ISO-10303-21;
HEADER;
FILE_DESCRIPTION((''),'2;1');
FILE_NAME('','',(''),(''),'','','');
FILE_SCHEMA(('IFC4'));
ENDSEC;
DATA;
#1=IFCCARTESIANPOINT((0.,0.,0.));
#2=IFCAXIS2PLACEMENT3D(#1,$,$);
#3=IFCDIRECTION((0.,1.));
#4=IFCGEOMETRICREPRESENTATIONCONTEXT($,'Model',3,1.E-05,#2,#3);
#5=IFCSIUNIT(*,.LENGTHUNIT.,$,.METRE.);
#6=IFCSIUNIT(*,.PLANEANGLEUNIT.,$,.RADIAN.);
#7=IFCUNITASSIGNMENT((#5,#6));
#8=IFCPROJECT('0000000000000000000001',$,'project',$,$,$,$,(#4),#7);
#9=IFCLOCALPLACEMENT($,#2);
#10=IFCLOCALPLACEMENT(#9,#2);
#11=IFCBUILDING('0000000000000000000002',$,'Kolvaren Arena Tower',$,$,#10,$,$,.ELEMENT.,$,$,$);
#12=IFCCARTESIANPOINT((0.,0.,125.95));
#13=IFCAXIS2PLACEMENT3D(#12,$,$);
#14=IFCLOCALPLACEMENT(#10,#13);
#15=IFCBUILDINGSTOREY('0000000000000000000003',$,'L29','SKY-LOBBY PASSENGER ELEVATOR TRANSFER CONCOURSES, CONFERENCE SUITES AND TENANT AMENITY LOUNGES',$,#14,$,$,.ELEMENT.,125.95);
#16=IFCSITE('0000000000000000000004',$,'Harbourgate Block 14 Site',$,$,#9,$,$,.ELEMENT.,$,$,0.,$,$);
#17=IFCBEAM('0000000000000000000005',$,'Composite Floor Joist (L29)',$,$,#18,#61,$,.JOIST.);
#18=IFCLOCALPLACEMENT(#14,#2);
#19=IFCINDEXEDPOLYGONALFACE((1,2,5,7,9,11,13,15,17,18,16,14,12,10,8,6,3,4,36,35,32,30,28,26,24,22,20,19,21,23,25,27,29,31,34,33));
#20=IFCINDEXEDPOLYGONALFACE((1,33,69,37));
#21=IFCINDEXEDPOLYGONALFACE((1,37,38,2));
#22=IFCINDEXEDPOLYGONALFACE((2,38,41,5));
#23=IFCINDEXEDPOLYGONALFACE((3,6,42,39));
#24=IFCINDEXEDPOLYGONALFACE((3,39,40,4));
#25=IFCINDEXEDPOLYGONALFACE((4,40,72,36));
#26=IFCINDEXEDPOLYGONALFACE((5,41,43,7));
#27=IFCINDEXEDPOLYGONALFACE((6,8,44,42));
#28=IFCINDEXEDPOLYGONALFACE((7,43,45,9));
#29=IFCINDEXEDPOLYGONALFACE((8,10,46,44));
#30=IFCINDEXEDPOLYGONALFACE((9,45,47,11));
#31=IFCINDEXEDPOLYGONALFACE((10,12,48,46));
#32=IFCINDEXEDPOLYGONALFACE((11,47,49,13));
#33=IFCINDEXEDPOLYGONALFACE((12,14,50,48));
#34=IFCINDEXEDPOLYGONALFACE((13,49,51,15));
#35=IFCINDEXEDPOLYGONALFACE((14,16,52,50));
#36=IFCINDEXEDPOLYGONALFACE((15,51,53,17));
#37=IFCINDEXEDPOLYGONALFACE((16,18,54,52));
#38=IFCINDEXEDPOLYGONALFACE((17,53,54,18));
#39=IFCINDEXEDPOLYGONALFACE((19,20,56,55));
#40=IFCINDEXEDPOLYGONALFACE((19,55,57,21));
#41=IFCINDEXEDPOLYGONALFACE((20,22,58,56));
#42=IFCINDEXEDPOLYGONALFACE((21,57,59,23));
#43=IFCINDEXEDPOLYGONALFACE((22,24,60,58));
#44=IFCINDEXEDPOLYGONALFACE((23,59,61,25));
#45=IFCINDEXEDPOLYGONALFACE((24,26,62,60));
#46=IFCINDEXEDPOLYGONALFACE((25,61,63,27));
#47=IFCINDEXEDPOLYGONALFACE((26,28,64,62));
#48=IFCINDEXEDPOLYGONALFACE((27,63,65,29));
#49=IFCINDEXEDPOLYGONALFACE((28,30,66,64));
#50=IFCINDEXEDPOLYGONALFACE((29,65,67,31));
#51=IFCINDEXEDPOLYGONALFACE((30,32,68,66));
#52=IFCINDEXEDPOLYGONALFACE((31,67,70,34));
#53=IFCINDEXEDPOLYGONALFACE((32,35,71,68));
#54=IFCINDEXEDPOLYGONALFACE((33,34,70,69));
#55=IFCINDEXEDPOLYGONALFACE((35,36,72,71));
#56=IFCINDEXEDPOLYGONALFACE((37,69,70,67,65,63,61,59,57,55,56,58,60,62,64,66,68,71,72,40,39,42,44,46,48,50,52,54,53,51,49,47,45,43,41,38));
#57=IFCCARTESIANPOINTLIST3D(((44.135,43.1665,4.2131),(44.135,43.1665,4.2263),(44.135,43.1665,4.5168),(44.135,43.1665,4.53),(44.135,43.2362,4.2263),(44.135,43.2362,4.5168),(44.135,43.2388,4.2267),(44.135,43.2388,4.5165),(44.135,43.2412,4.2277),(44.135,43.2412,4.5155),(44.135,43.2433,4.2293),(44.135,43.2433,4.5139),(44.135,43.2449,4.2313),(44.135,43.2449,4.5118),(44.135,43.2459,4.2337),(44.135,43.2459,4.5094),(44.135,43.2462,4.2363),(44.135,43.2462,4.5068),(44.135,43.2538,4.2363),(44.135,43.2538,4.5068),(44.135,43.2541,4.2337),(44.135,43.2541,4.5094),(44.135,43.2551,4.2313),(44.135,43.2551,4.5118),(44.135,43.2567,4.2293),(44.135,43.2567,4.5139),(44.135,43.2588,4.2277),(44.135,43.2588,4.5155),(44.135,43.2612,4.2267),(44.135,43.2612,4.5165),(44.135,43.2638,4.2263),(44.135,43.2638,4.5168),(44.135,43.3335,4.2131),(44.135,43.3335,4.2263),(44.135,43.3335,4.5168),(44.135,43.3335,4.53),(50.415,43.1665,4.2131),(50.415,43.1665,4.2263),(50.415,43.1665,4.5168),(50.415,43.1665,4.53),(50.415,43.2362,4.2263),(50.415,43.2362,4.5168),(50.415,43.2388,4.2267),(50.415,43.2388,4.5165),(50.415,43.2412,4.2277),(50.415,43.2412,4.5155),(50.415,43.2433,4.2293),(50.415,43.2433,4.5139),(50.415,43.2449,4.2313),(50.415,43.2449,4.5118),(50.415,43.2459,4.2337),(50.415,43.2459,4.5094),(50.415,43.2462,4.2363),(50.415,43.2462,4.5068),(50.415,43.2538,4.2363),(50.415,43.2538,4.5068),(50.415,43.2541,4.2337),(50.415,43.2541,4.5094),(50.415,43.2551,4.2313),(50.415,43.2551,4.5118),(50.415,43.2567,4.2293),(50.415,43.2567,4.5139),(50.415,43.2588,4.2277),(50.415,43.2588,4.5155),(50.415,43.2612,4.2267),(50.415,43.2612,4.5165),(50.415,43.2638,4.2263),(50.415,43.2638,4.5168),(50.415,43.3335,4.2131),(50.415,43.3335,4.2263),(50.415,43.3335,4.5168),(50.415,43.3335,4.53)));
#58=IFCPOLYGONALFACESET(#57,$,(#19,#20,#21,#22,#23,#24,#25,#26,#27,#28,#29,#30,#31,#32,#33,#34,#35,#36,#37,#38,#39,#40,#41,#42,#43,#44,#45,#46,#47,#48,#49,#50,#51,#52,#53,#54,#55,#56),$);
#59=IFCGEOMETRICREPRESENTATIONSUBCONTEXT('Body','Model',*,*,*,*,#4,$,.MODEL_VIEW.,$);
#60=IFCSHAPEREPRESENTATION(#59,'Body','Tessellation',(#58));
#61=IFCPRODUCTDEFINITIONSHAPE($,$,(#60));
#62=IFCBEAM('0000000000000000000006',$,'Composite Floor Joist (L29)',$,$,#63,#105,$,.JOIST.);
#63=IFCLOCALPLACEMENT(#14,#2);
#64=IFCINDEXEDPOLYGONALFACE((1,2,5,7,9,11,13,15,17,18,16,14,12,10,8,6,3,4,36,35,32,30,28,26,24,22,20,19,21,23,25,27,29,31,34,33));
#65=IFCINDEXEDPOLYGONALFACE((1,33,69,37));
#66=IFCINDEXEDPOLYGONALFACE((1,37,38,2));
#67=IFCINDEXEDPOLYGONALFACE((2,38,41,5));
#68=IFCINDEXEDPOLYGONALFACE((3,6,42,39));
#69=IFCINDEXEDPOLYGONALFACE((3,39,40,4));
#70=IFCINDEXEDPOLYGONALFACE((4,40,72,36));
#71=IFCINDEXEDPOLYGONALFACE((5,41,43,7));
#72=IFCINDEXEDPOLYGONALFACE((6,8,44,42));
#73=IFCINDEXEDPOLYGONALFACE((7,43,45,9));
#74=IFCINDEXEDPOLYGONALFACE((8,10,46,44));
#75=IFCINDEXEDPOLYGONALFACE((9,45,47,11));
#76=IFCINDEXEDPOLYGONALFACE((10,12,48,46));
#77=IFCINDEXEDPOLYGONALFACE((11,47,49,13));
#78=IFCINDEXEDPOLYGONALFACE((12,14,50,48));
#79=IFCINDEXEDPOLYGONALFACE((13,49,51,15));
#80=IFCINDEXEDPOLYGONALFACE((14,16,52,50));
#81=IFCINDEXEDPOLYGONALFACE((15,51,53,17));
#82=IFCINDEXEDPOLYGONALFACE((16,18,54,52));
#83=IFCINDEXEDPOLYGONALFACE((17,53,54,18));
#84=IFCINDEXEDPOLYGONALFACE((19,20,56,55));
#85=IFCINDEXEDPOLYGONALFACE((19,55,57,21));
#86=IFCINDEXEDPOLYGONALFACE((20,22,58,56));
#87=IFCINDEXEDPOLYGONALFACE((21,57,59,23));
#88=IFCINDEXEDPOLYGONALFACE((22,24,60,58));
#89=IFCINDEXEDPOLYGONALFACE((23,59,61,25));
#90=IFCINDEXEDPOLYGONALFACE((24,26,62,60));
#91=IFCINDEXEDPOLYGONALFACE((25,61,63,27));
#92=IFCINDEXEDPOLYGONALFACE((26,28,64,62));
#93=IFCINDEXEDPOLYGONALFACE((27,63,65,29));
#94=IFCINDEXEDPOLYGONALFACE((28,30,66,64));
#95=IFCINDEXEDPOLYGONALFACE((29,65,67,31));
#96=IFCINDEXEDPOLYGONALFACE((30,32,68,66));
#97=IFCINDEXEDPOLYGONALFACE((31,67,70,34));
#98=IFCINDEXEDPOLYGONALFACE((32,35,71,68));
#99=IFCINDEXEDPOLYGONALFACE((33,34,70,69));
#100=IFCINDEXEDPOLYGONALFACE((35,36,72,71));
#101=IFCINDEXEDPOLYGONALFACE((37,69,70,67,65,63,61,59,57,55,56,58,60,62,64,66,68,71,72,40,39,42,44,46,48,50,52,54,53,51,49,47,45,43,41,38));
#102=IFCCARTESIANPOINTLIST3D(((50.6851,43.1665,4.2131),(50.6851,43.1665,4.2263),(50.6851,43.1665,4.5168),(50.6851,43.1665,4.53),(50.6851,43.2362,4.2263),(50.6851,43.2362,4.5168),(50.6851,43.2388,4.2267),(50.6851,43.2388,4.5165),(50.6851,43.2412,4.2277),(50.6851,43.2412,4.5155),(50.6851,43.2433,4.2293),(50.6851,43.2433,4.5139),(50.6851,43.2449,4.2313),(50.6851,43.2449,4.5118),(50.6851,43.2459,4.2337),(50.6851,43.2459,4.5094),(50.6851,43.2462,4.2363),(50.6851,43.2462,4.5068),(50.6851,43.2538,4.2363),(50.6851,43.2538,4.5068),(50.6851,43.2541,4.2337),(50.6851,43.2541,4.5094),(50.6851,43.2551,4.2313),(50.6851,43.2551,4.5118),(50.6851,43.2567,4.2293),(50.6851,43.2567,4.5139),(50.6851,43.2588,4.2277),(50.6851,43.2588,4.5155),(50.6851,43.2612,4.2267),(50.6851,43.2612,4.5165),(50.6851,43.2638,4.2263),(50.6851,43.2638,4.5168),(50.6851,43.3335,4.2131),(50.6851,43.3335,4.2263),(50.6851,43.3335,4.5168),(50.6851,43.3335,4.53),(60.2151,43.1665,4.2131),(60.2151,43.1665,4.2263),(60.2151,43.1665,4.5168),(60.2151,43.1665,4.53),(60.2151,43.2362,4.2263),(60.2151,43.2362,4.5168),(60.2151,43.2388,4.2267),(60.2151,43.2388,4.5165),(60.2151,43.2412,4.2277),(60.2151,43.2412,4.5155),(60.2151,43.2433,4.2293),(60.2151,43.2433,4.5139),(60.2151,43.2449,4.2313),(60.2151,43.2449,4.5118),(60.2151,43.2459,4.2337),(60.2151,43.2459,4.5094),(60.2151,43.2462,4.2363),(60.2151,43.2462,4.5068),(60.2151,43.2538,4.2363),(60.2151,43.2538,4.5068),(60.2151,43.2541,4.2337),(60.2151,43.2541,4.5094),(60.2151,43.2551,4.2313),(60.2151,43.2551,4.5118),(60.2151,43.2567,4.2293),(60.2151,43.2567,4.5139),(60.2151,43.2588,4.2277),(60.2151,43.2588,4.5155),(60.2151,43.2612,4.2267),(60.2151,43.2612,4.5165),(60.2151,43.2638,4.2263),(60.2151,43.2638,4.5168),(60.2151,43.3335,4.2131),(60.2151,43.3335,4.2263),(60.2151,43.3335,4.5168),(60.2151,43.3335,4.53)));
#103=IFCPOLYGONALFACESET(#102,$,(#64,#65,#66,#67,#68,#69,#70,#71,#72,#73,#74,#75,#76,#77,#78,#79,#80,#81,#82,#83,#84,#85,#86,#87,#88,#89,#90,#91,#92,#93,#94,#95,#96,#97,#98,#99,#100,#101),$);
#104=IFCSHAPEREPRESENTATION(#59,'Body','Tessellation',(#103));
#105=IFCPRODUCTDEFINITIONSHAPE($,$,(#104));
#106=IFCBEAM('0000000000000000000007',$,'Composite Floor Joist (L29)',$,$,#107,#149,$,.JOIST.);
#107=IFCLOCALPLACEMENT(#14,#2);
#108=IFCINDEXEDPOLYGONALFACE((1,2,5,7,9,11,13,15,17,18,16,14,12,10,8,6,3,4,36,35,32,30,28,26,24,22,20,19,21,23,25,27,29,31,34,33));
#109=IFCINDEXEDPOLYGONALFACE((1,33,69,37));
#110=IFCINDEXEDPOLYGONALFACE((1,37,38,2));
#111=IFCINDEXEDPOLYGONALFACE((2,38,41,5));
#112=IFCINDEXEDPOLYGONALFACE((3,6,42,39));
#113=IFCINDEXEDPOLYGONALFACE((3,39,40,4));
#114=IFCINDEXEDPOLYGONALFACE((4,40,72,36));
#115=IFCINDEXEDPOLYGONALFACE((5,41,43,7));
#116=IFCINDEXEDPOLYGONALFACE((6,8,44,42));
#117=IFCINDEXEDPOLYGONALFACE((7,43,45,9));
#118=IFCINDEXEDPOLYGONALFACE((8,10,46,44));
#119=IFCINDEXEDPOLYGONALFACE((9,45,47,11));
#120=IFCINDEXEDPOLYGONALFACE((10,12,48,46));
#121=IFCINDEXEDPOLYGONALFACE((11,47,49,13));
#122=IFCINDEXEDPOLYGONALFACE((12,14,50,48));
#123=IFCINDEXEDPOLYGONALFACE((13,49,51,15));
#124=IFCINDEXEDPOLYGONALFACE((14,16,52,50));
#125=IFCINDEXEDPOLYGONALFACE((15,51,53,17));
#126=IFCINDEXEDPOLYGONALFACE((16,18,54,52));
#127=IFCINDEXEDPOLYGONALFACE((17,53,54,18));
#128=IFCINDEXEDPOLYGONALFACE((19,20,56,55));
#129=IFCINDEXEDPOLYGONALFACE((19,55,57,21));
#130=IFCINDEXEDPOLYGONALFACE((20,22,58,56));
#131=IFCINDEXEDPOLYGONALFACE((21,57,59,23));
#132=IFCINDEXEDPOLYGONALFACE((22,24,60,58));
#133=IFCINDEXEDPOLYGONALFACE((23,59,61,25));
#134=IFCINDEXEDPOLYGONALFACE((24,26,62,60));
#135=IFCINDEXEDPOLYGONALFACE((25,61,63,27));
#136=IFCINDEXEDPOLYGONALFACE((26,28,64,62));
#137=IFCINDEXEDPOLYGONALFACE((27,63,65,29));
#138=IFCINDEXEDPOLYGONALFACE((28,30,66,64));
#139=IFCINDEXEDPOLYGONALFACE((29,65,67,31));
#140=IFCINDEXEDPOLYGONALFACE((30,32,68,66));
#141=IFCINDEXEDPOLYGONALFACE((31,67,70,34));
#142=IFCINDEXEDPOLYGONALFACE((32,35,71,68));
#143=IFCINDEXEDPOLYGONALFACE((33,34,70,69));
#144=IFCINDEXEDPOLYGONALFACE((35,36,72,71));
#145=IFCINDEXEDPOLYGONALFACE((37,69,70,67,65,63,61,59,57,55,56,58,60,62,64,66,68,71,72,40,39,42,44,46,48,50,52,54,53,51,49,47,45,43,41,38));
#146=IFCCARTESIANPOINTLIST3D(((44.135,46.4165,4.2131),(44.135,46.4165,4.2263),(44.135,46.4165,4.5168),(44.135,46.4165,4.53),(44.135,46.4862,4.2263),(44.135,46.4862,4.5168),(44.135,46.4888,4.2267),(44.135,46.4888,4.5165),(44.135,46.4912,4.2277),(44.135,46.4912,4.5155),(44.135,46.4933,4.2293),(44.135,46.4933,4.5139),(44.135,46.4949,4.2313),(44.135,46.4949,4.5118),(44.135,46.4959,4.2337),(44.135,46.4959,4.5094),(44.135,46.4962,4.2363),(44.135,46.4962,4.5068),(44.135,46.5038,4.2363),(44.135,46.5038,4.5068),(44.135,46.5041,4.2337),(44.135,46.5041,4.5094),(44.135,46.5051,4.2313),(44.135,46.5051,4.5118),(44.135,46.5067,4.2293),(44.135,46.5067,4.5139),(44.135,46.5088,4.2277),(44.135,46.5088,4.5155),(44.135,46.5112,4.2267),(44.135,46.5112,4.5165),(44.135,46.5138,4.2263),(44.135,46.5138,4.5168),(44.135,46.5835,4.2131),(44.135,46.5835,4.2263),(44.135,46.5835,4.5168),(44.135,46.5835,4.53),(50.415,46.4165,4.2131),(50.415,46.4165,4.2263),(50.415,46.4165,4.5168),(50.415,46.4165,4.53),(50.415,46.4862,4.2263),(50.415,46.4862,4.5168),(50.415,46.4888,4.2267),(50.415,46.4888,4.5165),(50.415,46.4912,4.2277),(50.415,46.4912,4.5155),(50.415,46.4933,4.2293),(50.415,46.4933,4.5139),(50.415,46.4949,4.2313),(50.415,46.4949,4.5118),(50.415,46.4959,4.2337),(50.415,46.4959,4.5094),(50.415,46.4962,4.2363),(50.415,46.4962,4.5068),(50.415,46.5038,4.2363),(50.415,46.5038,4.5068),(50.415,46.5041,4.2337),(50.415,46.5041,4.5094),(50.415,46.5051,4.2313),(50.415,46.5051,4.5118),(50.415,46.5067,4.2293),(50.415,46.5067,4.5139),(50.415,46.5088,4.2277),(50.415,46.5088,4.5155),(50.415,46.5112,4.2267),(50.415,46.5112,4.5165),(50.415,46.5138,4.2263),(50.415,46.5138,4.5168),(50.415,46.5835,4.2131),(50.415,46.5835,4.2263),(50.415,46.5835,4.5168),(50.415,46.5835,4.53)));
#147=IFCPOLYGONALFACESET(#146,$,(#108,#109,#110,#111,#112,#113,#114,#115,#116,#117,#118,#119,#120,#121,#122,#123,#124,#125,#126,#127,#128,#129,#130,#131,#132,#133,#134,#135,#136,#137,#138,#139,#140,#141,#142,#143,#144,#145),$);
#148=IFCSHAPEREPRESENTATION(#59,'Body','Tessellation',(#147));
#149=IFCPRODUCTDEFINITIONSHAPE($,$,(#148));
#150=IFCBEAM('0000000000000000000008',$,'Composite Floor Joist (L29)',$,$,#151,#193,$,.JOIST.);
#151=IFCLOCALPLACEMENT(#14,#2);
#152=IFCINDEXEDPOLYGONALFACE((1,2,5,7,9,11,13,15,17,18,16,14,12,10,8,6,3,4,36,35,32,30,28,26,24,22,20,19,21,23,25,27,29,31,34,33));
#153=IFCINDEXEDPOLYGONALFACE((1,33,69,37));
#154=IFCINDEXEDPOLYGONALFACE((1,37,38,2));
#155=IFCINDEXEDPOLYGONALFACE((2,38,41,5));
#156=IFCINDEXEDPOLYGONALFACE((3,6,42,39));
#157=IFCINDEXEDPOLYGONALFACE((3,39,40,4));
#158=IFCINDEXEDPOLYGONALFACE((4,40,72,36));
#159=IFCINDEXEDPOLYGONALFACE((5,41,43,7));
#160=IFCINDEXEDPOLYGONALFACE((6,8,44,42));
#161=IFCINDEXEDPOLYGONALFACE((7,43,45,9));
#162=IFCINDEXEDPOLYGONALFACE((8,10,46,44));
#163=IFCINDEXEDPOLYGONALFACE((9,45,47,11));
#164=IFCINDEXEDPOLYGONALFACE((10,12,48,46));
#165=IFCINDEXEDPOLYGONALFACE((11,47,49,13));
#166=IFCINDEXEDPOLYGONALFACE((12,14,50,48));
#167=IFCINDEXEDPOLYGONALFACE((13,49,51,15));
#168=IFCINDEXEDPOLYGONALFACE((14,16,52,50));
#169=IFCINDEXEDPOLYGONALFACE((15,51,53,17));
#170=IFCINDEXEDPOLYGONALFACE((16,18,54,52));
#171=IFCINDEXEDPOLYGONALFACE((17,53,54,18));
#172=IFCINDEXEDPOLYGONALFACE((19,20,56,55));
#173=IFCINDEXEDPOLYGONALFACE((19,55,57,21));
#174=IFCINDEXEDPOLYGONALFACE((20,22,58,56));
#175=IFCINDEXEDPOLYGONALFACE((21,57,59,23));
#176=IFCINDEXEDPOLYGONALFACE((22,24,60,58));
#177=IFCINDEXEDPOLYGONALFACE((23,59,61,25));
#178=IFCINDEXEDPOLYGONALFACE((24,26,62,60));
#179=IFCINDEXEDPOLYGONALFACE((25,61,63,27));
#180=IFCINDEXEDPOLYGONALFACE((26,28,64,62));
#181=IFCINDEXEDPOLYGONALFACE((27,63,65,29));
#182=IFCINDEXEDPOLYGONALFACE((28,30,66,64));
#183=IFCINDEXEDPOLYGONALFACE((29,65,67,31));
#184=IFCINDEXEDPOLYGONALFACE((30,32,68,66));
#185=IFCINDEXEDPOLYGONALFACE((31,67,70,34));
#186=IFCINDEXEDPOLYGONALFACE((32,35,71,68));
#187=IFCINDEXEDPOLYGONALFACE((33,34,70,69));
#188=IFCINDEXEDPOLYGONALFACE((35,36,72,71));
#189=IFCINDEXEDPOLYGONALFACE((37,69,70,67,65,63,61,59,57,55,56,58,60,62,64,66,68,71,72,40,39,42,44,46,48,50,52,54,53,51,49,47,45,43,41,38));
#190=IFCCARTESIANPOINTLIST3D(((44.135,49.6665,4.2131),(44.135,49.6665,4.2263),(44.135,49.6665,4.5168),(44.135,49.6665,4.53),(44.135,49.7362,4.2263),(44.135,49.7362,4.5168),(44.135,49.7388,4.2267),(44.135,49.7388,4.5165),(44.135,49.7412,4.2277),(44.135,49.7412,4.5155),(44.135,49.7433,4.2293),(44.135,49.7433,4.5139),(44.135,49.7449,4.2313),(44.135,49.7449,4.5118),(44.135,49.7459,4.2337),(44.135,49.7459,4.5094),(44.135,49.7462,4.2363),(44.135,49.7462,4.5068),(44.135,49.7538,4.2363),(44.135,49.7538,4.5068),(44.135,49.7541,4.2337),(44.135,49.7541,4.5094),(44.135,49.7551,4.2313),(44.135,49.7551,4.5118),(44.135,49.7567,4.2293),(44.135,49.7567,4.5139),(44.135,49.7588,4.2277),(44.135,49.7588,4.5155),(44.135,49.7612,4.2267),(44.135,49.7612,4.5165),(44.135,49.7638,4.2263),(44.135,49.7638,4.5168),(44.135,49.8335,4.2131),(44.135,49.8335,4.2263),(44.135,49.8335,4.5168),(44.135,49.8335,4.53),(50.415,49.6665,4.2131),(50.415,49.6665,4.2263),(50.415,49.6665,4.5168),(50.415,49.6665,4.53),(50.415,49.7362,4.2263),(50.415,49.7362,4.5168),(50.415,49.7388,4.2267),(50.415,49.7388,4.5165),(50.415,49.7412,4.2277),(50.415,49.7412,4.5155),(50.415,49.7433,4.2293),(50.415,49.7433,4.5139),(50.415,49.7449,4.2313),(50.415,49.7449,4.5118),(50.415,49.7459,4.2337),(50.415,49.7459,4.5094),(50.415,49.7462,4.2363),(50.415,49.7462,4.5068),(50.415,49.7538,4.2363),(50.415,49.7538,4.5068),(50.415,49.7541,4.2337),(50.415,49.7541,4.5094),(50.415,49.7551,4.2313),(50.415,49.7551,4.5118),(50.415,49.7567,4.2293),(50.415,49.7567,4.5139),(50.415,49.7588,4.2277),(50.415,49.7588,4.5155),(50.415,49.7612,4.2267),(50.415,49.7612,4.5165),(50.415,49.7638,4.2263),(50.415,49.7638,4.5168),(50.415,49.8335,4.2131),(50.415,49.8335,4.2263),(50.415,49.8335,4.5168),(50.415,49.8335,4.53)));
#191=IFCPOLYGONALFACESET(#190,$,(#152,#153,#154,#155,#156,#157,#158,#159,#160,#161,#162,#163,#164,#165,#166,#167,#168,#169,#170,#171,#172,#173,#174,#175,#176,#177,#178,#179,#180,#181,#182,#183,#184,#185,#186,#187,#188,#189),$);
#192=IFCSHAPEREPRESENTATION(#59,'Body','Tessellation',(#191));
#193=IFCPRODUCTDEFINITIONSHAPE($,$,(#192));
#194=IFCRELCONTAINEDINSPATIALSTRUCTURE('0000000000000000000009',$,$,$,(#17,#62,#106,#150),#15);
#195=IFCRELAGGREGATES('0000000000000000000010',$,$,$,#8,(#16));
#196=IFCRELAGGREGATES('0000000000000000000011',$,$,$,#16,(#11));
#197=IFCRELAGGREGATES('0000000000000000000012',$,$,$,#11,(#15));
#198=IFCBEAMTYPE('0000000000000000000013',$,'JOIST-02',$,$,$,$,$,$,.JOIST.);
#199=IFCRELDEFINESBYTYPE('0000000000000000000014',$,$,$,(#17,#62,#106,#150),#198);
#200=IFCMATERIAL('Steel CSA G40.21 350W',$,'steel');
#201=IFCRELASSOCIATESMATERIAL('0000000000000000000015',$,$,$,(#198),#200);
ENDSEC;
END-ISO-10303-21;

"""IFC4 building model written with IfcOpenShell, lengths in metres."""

from ifc_helpers import new_model, si_unit, direction, frame, origin, origin_2d, place, context, subcontext, project, spatial, i_section, extrude, material, material_profile, profile_set, type_object, element, save


model = new_model("IFC4")

# Units and contexts
model_context = context("Model", 3, precision=1e-05, world=origin(), true_north=direction((0.0, 1.0)))
body_context = subcontext(model_context, "Body", "Model", "MODEL_VIEW")
ifc_project = project(units=[si_unit("LENGTHUNIT", "METRE"), si_unit("PLANEANGLEUNIT", "RADIAN")], contexts=[model_context])

# Site, building, storey
site_placement = place(None, origin())
site = spatial("IfcSite", under=ifc_project, at=site_placement, Name="Harbourgate Block 14 Site", CompositionType="ELEMENT", RefElevation=0.0)
building_placement = place(site_placement, origin())
building = spatial("IfcBuilding", under=site, at=building_placement, Name="Kolvaren Arena Tower", CompositionType="ELEMENT")
storey_placement = place(building_placement, frame((0.0, 0.0, 125.95)))
storey = spatial("IfcBuildingStorey", under=building, at=storey_placement, Name="L29", Description="SKY-LOBBY PASSENGER ELEVATOR TRANSFER CONCOURSES, CONFERENCE SUITES AND TENANT AMENITY LOUNGES", CompositionType="ELEMENT", Elevation=125.95)

# Shared definitions
ifc_material_1 = material(Name="Steel CSA G40.21 350W", Category="steel")

# Beams
ifc_material_profile_1 = material_profile(ifc_material_1, i_section(OverallWidth=0.167, OverallDepth=0.3169, WebThickness=0.0076, FlangeThickness=0.0132, FilletRadius=0.01, at=origin_2d()), Name="W310x52")
ifc_profile_set_1 = profile_set([ifc_material_profile_1], Name="Steel CSA G40.21 350W")
beam_type_1 = type_object("IfcBeamType", Name="JOIST-02", PredefinedType="JOIST", material=ifc_profile_set_1)
beam_1_placement = place(storey_placement, frame((44.135, 43.25, 4.3716), z_axis=(1.0, 0.0, 0.0), x_axis=(0.0, 1.0, 0.0)))
element("IfcBeam", 1, at=beam_1_placement, inside=storey, type_object=beam_type_1, Name="Composite Floor Joist (L29)", PredefinedType="JOIST", context=body_context, shape_type="SweptSolid", body=[
    extrude(i_section(OverallWidth=0.167, OverallDepth=0.3169, WebThickness=0.0076, FlangeThickness=0.0132, FilletRadius=0.01, at=origin_2d()), origin(), (0.0, 0.0, 1.0), 6.28),
])
beam_2_placement = place(storey_placement, frame((50.6851, 43.25, 4.3716), z_axis=(1.0, 0.0, 0.0), x_axis=(0.0, 1.0, 0.0)))
element("IfcBeam", 2, at=beam_2_placement, inside=storey, type_object=beam_type_1, Name="Composite Floor Joist (L29)", PredefinedType="JOIST", context=body_context, shape_type="SweptSolid", body=[
    extrude(i_section(OverallWidth=0.167, OverallDepth=0.3169, WebThickness=0.0076, FlangeThickness=0.0132, FilletRadius=0.01, at=origin_2d()), origin(), (0.0, 0.0, 1.0), 9.53),
])
for number, where, z_axis, x_axis, name in (
    (3, (44.135, 46.5, 4.3716), (1.0, 0.0, 0.0), (0.0, 1.0, 0.0), "Composite Floor Joist (L29)"),
    (4, (44.135, 49.75, 4.3716), (1.0, 0.0, 0.0), (0.0, 1.0, 0.0), "Composite Floor Joist (L29)"),
):
    element("IfcBeam", number, at=place(storey_placement, frame(where, z_axis=z_axis, x_axis=x_axis)), inside=storey, type_object=beam_type_1, Name=name, PredefinedType="JOIST", context=body_context, shape_type="SweptSolid", body=[
        extrude(i_section(OverallWidth=0.167, OverallDepth=0.3169, WebThickness=0.0076, FlangeThickness=0.0132, FilletRadius=0.01, at=origin_2d()), origin(), (0.0, 0.0, 1.0), 6.28),
    ])

save(model, "model.ifc")
